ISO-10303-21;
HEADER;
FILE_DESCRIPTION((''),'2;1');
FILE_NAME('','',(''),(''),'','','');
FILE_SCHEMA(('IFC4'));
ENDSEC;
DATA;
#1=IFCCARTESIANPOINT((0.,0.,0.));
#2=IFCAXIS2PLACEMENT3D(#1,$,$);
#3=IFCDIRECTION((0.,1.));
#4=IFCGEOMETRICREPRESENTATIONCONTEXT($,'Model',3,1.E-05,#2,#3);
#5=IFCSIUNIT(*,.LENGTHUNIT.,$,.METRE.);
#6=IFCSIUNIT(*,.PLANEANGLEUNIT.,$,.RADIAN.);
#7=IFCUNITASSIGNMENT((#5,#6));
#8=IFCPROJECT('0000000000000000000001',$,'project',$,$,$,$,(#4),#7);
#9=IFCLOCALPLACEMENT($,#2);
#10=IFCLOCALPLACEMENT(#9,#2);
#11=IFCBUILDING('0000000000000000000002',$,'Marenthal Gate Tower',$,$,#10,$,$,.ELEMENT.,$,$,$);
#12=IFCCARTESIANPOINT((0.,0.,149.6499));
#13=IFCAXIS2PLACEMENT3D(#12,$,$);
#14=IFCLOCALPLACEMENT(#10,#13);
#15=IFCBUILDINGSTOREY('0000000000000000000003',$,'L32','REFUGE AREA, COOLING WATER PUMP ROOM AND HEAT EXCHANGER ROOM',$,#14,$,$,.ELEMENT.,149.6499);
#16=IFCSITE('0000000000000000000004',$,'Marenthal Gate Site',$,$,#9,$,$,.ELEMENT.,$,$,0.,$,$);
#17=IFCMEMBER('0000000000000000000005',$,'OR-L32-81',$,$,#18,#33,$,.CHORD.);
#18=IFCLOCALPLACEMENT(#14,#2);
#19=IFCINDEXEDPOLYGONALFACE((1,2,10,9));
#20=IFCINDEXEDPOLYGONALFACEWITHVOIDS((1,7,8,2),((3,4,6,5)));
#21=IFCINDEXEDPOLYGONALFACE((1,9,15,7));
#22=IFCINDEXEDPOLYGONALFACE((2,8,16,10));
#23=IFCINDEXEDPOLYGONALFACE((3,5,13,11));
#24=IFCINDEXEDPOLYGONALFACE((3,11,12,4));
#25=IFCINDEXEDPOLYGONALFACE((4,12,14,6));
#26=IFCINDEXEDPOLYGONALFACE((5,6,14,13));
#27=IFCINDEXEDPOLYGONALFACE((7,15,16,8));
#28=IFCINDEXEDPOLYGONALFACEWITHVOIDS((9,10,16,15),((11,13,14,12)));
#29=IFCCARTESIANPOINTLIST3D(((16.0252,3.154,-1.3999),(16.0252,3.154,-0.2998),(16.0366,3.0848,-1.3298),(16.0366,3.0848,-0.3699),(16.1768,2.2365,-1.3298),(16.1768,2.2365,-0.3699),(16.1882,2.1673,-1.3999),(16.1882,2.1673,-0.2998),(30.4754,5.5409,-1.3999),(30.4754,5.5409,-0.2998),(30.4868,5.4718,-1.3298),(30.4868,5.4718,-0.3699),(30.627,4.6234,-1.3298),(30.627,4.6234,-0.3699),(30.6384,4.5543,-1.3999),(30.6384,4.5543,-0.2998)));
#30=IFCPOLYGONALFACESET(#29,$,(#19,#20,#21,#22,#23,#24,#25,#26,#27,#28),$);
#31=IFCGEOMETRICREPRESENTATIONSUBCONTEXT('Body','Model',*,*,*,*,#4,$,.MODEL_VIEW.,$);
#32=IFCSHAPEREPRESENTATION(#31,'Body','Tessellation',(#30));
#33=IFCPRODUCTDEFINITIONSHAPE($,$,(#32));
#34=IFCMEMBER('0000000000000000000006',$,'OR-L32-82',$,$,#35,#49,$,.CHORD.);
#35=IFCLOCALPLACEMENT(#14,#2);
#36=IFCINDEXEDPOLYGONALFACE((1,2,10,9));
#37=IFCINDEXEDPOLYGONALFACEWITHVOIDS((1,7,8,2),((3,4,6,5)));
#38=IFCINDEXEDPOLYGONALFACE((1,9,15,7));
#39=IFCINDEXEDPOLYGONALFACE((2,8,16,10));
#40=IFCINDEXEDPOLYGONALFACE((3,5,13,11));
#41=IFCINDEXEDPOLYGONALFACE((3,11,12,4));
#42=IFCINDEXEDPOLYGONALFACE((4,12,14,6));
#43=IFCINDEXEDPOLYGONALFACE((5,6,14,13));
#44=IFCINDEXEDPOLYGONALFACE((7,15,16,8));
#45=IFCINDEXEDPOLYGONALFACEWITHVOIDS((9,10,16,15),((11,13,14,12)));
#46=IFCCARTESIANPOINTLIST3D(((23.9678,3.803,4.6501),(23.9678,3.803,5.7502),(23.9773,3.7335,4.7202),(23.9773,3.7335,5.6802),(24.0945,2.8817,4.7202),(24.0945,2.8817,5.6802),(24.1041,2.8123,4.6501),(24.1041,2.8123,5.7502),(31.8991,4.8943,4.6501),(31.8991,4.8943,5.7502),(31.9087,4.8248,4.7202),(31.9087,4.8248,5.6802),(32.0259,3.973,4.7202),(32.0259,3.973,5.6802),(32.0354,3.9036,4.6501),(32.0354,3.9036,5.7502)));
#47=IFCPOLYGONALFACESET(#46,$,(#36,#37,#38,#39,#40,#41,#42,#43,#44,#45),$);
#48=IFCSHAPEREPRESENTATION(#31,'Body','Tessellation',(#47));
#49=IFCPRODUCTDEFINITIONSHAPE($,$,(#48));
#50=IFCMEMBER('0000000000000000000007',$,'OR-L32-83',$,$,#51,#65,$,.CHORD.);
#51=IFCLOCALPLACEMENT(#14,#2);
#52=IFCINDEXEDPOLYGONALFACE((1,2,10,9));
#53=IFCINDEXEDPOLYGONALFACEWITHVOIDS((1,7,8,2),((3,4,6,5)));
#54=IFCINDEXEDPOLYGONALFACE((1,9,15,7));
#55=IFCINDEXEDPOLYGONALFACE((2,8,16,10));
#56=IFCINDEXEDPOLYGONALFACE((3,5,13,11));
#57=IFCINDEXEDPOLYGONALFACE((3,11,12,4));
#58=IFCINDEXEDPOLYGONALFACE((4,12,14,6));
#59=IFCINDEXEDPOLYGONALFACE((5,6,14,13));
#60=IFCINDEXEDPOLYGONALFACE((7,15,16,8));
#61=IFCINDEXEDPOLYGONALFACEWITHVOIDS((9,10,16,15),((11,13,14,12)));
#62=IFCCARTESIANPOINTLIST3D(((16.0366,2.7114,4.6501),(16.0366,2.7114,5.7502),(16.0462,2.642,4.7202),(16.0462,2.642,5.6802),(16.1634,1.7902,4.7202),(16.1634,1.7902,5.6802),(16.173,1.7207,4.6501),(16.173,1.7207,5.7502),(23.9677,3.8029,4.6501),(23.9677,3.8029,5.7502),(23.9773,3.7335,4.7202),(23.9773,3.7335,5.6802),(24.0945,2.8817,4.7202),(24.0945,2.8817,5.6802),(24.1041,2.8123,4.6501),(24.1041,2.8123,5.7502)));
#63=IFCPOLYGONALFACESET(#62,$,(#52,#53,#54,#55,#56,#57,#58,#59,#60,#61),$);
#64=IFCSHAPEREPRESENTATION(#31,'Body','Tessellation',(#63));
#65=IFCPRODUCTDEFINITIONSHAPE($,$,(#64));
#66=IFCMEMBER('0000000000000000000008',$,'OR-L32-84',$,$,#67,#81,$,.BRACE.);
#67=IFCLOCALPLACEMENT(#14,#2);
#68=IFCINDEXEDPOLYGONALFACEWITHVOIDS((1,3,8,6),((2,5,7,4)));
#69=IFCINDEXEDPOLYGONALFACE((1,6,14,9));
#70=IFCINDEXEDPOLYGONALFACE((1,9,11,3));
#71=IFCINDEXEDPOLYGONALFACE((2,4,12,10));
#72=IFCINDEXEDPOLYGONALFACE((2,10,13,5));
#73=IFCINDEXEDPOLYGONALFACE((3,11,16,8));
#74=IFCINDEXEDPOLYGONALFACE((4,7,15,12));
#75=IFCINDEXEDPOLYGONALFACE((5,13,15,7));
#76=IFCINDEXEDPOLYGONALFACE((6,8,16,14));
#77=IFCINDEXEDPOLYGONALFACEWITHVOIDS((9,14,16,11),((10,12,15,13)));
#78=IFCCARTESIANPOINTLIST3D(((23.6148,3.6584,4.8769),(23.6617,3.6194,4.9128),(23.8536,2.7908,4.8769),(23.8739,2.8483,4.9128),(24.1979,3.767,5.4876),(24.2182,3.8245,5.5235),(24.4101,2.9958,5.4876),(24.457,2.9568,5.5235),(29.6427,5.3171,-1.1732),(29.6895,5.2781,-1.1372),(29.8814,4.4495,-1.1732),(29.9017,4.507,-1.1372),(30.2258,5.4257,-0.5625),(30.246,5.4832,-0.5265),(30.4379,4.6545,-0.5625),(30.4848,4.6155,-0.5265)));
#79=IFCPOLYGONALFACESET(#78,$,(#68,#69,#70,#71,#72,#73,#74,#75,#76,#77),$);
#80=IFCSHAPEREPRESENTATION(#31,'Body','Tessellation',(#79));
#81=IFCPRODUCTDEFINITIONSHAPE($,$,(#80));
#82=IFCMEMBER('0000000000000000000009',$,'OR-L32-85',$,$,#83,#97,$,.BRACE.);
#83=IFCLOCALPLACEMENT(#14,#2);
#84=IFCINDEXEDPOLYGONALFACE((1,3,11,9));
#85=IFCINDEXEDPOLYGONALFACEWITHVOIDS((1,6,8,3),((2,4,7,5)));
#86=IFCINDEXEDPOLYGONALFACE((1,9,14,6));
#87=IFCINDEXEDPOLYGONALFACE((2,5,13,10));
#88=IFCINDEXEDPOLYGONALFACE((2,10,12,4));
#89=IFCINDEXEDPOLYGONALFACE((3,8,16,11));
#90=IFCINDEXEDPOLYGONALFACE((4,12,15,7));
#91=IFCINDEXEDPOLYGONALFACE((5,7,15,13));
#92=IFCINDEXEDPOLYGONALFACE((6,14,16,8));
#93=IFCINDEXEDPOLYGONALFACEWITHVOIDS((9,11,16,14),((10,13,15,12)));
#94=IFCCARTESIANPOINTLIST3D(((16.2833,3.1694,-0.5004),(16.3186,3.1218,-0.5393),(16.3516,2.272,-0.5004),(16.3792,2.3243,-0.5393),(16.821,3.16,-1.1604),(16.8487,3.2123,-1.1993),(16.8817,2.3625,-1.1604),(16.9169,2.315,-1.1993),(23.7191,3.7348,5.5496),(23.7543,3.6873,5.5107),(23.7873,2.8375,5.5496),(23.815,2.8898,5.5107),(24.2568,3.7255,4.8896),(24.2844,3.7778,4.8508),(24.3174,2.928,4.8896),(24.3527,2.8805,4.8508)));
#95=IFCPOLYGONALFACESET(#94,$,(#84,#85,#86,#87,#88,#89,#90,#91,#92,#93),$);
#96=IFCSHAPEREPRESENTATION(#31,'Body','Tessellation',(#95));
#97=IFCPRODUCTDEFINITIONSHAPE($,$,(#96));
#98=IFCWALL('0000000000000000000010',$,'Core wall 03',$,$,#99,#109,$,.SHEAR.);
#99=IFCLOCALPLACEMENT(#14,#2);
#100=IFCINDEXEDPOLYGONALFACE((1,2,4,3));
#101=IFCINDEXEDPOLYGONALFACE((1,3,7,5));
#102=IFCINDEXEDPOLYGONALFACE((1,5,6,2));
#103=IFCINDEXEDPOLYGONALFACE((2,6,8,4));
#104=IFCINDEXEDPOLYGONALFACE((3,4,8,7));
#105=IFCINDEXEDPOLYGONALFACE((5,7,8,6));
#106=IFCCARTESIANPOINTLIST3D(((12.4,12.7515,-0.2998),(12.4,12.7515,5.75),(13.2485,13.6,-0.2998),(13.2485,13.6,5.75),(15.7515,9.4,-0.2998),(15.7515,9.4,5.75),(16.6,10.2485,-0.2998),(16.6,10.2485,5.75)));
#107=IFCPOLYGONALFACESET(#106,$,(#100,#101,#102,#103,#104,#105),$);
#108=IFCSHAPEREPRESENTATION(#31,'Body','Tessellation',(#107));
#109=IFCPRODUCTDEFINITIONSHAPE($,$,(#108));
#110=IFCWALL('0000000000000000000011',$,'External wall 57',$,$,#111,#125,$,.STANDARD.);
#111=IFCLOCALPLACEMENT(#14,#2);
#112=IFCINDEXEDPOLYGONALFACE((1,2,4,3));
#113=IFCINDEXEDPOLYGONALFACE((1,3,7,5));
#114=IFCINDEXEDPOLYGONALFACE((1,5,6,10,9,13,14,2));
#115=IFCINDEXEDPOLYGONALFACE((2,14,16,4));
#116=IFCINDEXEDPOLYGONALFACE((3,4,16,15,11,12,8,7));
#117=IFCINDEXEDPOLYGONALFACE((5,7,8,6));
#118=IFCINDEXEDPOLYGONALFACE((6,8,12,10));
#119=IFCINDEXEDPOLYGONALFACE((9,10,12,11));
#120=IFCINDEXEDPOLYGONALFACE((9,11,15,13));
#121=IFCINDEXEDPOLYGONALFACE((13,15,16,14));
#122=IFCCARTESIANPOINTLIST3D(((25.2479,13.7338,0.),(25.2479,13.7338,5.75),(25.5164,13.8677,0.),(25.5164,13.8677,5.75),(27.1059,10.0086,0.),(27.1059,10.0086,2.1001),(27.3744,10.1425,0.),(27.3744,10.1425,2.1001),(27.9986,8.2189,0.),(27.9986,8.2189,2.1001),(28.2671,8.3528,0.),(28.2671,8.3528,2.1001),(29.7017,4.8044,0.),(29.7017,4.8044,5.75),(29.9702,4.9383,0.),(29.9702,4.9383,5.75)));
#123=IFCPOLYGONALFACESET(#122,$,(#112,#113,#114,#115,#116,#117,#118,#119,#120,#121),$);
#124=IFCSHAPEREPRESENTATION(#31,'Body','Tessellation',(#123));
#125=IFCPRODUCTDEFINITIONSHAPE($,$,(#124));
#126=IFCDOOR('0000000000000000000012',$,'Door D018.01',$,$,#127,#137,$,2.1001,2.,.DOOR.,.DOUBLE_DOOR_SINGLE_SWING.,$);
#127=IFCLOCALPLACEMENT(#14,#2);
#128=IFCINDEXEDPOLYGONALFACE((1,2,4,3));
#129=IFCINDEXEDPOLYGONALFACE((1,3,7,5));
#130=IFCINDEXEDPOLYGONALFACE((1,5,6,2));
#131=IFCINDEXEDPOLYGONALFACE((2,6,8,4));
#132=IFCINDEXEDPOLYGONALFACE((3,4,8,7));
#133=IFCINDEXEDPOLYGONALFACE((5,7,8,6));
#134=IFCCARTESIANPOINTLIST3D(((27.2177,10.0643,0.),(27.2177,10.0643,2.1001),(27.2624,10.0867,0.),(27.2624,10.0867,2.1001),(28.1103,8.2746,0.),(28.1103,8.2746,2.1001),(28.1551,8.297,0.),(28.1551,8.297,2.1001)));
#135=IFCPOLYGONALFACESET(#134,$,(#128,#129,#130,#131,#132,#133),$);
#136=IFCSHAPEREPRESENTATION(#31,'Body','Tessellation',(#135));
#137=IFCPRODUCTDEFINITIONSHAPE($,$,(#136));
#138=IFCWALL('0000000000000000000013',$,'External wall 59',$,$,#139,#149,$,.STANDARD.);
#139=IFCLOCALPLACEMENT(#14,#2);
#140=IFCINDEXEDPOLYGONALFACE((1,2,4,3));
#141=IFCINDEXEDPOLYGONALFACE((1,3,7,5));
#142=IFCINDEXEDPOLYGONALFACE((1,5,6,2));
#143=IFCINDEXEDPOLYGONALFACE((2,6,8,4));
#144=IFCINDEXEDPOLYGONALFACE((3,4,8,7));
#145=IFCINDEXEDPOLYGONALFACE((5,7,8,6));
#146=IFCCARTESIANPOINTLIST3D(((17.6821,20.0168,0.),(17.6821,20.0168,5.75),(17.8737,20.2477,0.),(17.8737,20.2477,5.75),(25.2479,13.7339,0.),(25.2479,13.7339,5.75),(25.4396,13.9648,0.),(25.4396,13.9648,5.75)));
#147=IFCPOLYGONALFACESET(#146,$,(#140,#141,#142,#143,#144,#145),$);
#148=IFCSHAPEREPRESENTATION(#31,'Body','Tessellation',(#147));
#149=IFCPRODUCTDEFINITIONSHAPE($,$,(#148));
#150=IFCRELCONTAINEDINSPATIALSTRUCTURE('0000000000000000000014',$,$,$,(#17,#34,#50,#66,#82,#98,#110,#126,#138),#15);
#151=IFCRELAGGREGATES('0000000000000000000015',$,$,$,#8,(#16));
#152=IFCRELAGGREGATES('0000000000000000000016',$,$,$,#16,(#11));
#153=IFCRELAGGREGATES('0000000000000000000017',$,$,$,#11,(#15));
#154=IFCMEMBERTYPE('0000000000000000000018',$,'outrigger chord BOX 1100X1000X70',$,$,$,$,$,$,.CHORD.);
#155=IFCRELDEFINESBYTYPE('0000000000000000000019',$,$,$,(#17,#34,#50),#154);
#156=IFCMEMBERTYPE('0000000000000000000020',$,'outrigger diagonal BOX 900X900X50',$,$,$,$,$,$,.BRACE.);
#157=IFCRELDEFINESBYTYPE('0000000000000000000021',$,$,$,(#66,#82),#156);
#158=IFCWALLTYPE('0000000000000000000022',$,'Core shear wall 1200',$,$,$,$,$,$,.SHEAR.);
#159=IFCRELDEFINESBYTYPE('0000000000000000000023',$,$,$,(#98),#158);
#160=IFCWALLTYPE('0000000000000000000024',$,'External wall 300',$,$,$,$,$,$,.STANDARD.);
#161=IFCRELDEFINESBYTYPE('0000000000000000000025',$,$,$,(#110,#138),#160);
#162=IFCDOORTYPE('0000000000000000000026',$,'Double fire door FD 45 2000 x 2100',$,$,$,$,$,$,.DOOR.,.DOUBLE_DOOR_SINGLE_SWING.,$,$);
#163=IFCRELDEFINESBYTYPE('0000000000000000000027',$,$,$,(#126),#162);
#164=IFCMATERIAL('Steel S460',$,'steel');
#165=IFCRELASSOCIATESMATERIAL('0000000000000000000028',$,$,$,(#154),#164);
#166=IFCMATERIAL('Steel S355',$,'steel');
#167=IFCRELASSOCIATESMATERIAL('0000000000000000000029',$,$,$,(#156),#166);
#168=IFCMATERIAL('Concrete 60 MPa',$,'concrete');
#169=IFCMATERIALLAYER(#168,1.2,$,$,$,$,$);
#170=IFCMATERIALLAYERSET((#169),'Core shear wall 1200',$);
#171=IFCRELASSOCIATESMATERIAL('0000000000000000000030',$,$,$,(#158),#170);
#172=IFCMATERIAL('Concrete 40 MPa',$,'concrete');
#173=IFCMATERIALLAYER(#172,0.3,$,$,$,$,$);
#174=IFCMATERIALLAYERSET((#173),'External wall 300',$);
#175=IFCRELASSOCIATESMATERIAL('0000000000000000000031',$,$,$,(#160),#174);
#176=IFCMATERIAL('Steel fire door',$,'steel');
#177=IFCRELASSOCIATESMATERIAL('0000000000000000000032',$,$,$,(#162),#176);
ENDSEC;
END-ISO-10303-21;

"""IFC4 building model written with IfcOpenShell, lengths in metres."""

from ifc_helpers import new_model, si_unit, direction, frame, frame_2d, origin, origin_2d, place, context, subcontext, project, spatial, rectangle, hollow_rectangle, extrude, material, layer, layer_set, material_profile, profile_set, type_object, element, fill, save


model = new_model("IFC4")

# Units and contexts
model_context = context("Model", 3, precision=1e-05, world=origin(), true_north=direction((0.0, 1.0)))
body_context = subcontext(model_context, "Body", "Model", "MODEL_VIEW")
ifc_project = project(units=[si_unit("LENGTHUNIT", "METRE"), si_unit("PLANEANGLEUNIT", "RADIAN")], contexts=[model_context])

# Site, building, storey
site_placement = place(None, origin())
site = spatial("IfcSite", under=ifc_project, at=site_placement, Name="Marenthal Gate Site", CompositionType="ELEMENT", RefElevation=0.0)
building_placement = place(site_placement, origin())
building = spatial("IfcBuilding", under=site, at=building_placement, Name="Marenthal Gate Tower", CompositionType="ELEMENT")
storey_placement = place(building_placement, frame((0.0, 0.0, 149.6499)))
storey = spatial("IfcBuildingStorey", under=building, at=storey_placement, Name="L32", Description="REFUGE AREA, COOLING WATER PUMP ROOM AND HEAT EXCHANGER ROOM", CompositionType="ELEMENT", Elevation=149.6499)

# Members
ifc_material_1 = material(Name="Steel S460", Category="steel")
ifc_material_profile_1 = material_profile(ifc_material_1, hollow_rectangle(XDim=1.0, YDim=1.1001, WallThickness=0.0701, at=origin_2d()), Name="BOX 1100X1000X70")
ifc_profile_set_1 = profile_set([ifc_material_profile_1], Name="Steel S460")
member_type_1 = type_object("IfcMemberType", Name="outrigger chord BOX 1100X1000X70", PredefinedType="CHORD", material=ifc_profile_set_1)
member_1_placement = place(storey_placement, frame((30.5569, 5.0476, -0.8499), z_axis=(-0.98663, -0.162977, 0.0), x_axis=(0.162977, -0.98663, 0.0)))
element("IfcMember", 1, at=member_1_placement, inside=storey, type_object=member_type_1, Name="OR-L32-81", PredefinedType="CHORD", context=body_context, shape_type="SweptSolid", body=[
    extrude(hollow_rectangle(XDim=1.0, YDim=1.1001, WallThickness=0.0701, at=origin_2d()), origin(), (0.0, 0.0, 1.0), 14.646),
])
member_2_placement = place(storey_placement, frame((31.9673, 4.3989, 5.2002), z_axis=(-0.990666, -0.136309, 0.0), x_axis=(0.136309, -0.990666, 0.0)))
element("IfcMember", 2, at=member_2_placement, inside=storey, type_object=member_type_1, Name="OR-L32-82", PredefinedType="CHORD", context=body_context, shape_type="SweptSolid", body=[
    extrude(hollow_rectangle(XDim=1.0, YDim=1.1001, WallThickness=0.0701, at=origin_2d()), origin(), (0.0, 0.0, 1.0), 8.0061),
])
member_3_placement = place(storey_placement, frame((24.0359, 3.3076, 5.2002), z_axis=(-0.990662, -0.136343, 0.0), x_axis=(0.136343, -0.990662, 0.0)))
element("IfcMember", 3, at=member_3_placement, inside=storey, type_object=member_type_1, Name="OR-L32-83", PredefinedType="CHORD", context=body_context, shape_type="SweptSolid", body=[
    extrude(hollow_rectangle(XDim=1.0, YDim=1.1001, WallThickness=0.0701, at=origin_2d()), origin(), (0.0, 0.0, 1.0), 8.0059),
])
ifc_material_2 = material(Name="Steel S355", Category="steel")
ifc_material_profile_2 = material_profile(ifc_material_2, hollow_rectangle(XDim=0.8999, YDim=0.8999, WallThickness=0.05, at=origin_2d()), Name="BOX 900X900X50")
ifc_profile_set_2 = profile_set([ifc_material_profile_2], Name="Steel S355")
member_type_2 = type_object("IfcMemberType", Name="outrigger diagonal BOX 900X900X50", PredefinedType="BRACE", material=ifc_profile_set_2)
member_4_placement = place(storey_placement, frame((30.0637, 4.9663, -0.8499), z_axis=(-0.692858, -0.190655, 0.695412), x_axis=(0.265311, -0.964163, 0.0)))
element("IfcMember", 4, at=member_4_placement, inside=storey, type_object=member_type_2, Name="OR-L32-84", PredefinedType="BRACE", context=body_context, shape_type="SweptSolid", body=[
    extrude(hollow_rectangle(XDim=0.8999, YDim=0.8999, WallThickness=0.05, at=origin_2d()), origin(), (0.0, 0.0, 1.0), 8.7),
])
member_5_placement = place(storey_placement, frame((24.0359, 3.3076, 5.2002), z_axis=(-0.774336, -0.058882, -0.63003), x_axis=(0.075823, -0.997121, 0.0)))
element("IfcMember", 5, at=member_5_placement, inside=storey, type_object=member_type_2, Name="OR-L32-85", PredefinedType="BRACE", context=body_context, shape_type="SweptSolid", body=[
    extrude(hollow_rectangle(XDim=0.8999, YDim=0.8999, WallThickness=0.05, at=origin_2d()), origin(), (0.0, 0.0, 1.0), 9.6028),
])

# Wall
ifc_material_3 = material(Name="Concrete 60 MPa", Category="concrete")
ifc_layer_1 = layer(ifc_material_3, 1.2)
ifc_layer_set_1 = layer_set([ifc_layer_1], Name="Core shear wall 1200")
wall_type_1 = type_object("IfcWallType", Name="Core shear wall 1200", PredefinedType="SHEAR", material=ifc_layer_set_1)
wall_1_placement = place(storey_placement, frame((16.1758, 9.8242, -0.2998), z_axis=(0.0, 0.0, 1.0), x_axis=(-0.707107, 0.707107, 0.0)))
element("IfcWall", 6, at=wall_1_placement, inside=storey, type_object=wall_type_1, Name="Core wall 03", PredefinedType="SHEAR", context=body_context, shape_type="SweptSolid", body=[
    extrude(rectangle(XDim=4.7397, YDim=1.2, at=frame_2d((2.3699, 0.0))), origin(), (0.0, 0.0, 1.0), 6.0498),
])

# Wall, opening, door
ifc_material_4 = material(Name="Concrete 40 MPa", Category="concrete")
ifc_layer_2 = layer(ifc_material_4, 0.3)
ifc_layer_set_2 = layer_set([ifc_layer_2], Name="External wall 300")
wall_type_2 = type_object("IfcWallType", Name="External wall 300", PredefinedType="STANDARD", material=ifc_layer_set_2)
wall_2_placement = place(storey_placement, frame((29.8359, 4.8713, 0.0), z_axis=(0.0, 0.0, 1.0), x_axis=(-0.446342, 0.894862, 0.0)))
wall_2 = element("IfcWall", 7, at=wall_2_placement, inside=storey, type_object=wall_type_2, Name="External wall 57", PredefinedType="STANDARD", context=body_context, shape_type="SweptSolid", body=[
    extrude(rectangle(XDim=9.9785, YDim=0.3, at=frame_2d((4.9893, 0.0))), origin(), (0.0, 0.0, 1.0), 5.75),
])
opening_1_placement = place(wall_2_placement, frame((3.8157, 0.0, 0.0)))
opening_1 = element("IfcOpeningElement", 8, at=opening_1_placement, cuts=wall_2, PredefinedType="OPENING", context=body_context, shape_type="SweptSolid", body=[
    extrude(rectangle(XDim=2.0, YDim=2.1001, at=frame_2d((1.0, 1.05))), frame((0.0, 0.1602, 0.0), z_axis=(0.0, -1.0, 0.0), x_axis=(1.0, 0.0, 0.0)), (0.0, 0.0, 1.0), 0.3201),
])
ifc_material_5 = material(Name="Steel fire door", Category="steel")
door_type_1 = type_object("IfcDoorType", Name="Double fire door FD 45 2000 x 2100", OperationType="DOUBLE_DOOR_SINGLE_SWING", PredefinedType="DOOR", material=ifc_material_5)
door_1_placement = place(opening_1_placement, frame((2.0, 0.0, 0.0), z_axis=(0.0, 0.0, 1.0), x_axis=(-1.0, 0.0, 0.0)))
door_1 = element("IfcDoor", 9, at=door_1_placement, inside=storey, type_object=door_type_1, Name="Door D018.01", OperationType="DOUBLE_DOOR_SINGLE_SWING", OverallHeight=2.1001, OverallWidth=2.0, PredefinedType="DOOR", context=body_context, shape_type="SweptSolid", body=[
    extrude(rectangle(XDim=2.0, YDim=2.1001, at=frame_2d((1.0, 1.05))), frame((0.0, 0.0249, 0.0), z_axis=(0.0, -1.0, 0.0), x_axis=(1.0, 0.0, 0.0)), (0.0, 0.0, 1.0), 0.05),
])
fill(opening_1, door_1)

# Wall
wall_3_placement = place(storey_placement, frame((25.3438, 13.8494, 0.0), z_axis=(0.0, 0.0, 1.0), x_axis=(-0.769319, 0.638865, 0.0)))
element("IfcWall", 10, at=wall_3_placement, inside=storey, type_object=wall_type_2, Name="External wall 59", PredefinedType="STANDARD", context=body_context, shape_type="SweptSolid", body=[
    extrude(rectangle(XDim=9.8345, YDim=0.3, at=frame_2d((4.9172, 0.0))), origin(), (0.0, 0.0, 1.0), 5.75),
])

save(model, "model.ifc")
